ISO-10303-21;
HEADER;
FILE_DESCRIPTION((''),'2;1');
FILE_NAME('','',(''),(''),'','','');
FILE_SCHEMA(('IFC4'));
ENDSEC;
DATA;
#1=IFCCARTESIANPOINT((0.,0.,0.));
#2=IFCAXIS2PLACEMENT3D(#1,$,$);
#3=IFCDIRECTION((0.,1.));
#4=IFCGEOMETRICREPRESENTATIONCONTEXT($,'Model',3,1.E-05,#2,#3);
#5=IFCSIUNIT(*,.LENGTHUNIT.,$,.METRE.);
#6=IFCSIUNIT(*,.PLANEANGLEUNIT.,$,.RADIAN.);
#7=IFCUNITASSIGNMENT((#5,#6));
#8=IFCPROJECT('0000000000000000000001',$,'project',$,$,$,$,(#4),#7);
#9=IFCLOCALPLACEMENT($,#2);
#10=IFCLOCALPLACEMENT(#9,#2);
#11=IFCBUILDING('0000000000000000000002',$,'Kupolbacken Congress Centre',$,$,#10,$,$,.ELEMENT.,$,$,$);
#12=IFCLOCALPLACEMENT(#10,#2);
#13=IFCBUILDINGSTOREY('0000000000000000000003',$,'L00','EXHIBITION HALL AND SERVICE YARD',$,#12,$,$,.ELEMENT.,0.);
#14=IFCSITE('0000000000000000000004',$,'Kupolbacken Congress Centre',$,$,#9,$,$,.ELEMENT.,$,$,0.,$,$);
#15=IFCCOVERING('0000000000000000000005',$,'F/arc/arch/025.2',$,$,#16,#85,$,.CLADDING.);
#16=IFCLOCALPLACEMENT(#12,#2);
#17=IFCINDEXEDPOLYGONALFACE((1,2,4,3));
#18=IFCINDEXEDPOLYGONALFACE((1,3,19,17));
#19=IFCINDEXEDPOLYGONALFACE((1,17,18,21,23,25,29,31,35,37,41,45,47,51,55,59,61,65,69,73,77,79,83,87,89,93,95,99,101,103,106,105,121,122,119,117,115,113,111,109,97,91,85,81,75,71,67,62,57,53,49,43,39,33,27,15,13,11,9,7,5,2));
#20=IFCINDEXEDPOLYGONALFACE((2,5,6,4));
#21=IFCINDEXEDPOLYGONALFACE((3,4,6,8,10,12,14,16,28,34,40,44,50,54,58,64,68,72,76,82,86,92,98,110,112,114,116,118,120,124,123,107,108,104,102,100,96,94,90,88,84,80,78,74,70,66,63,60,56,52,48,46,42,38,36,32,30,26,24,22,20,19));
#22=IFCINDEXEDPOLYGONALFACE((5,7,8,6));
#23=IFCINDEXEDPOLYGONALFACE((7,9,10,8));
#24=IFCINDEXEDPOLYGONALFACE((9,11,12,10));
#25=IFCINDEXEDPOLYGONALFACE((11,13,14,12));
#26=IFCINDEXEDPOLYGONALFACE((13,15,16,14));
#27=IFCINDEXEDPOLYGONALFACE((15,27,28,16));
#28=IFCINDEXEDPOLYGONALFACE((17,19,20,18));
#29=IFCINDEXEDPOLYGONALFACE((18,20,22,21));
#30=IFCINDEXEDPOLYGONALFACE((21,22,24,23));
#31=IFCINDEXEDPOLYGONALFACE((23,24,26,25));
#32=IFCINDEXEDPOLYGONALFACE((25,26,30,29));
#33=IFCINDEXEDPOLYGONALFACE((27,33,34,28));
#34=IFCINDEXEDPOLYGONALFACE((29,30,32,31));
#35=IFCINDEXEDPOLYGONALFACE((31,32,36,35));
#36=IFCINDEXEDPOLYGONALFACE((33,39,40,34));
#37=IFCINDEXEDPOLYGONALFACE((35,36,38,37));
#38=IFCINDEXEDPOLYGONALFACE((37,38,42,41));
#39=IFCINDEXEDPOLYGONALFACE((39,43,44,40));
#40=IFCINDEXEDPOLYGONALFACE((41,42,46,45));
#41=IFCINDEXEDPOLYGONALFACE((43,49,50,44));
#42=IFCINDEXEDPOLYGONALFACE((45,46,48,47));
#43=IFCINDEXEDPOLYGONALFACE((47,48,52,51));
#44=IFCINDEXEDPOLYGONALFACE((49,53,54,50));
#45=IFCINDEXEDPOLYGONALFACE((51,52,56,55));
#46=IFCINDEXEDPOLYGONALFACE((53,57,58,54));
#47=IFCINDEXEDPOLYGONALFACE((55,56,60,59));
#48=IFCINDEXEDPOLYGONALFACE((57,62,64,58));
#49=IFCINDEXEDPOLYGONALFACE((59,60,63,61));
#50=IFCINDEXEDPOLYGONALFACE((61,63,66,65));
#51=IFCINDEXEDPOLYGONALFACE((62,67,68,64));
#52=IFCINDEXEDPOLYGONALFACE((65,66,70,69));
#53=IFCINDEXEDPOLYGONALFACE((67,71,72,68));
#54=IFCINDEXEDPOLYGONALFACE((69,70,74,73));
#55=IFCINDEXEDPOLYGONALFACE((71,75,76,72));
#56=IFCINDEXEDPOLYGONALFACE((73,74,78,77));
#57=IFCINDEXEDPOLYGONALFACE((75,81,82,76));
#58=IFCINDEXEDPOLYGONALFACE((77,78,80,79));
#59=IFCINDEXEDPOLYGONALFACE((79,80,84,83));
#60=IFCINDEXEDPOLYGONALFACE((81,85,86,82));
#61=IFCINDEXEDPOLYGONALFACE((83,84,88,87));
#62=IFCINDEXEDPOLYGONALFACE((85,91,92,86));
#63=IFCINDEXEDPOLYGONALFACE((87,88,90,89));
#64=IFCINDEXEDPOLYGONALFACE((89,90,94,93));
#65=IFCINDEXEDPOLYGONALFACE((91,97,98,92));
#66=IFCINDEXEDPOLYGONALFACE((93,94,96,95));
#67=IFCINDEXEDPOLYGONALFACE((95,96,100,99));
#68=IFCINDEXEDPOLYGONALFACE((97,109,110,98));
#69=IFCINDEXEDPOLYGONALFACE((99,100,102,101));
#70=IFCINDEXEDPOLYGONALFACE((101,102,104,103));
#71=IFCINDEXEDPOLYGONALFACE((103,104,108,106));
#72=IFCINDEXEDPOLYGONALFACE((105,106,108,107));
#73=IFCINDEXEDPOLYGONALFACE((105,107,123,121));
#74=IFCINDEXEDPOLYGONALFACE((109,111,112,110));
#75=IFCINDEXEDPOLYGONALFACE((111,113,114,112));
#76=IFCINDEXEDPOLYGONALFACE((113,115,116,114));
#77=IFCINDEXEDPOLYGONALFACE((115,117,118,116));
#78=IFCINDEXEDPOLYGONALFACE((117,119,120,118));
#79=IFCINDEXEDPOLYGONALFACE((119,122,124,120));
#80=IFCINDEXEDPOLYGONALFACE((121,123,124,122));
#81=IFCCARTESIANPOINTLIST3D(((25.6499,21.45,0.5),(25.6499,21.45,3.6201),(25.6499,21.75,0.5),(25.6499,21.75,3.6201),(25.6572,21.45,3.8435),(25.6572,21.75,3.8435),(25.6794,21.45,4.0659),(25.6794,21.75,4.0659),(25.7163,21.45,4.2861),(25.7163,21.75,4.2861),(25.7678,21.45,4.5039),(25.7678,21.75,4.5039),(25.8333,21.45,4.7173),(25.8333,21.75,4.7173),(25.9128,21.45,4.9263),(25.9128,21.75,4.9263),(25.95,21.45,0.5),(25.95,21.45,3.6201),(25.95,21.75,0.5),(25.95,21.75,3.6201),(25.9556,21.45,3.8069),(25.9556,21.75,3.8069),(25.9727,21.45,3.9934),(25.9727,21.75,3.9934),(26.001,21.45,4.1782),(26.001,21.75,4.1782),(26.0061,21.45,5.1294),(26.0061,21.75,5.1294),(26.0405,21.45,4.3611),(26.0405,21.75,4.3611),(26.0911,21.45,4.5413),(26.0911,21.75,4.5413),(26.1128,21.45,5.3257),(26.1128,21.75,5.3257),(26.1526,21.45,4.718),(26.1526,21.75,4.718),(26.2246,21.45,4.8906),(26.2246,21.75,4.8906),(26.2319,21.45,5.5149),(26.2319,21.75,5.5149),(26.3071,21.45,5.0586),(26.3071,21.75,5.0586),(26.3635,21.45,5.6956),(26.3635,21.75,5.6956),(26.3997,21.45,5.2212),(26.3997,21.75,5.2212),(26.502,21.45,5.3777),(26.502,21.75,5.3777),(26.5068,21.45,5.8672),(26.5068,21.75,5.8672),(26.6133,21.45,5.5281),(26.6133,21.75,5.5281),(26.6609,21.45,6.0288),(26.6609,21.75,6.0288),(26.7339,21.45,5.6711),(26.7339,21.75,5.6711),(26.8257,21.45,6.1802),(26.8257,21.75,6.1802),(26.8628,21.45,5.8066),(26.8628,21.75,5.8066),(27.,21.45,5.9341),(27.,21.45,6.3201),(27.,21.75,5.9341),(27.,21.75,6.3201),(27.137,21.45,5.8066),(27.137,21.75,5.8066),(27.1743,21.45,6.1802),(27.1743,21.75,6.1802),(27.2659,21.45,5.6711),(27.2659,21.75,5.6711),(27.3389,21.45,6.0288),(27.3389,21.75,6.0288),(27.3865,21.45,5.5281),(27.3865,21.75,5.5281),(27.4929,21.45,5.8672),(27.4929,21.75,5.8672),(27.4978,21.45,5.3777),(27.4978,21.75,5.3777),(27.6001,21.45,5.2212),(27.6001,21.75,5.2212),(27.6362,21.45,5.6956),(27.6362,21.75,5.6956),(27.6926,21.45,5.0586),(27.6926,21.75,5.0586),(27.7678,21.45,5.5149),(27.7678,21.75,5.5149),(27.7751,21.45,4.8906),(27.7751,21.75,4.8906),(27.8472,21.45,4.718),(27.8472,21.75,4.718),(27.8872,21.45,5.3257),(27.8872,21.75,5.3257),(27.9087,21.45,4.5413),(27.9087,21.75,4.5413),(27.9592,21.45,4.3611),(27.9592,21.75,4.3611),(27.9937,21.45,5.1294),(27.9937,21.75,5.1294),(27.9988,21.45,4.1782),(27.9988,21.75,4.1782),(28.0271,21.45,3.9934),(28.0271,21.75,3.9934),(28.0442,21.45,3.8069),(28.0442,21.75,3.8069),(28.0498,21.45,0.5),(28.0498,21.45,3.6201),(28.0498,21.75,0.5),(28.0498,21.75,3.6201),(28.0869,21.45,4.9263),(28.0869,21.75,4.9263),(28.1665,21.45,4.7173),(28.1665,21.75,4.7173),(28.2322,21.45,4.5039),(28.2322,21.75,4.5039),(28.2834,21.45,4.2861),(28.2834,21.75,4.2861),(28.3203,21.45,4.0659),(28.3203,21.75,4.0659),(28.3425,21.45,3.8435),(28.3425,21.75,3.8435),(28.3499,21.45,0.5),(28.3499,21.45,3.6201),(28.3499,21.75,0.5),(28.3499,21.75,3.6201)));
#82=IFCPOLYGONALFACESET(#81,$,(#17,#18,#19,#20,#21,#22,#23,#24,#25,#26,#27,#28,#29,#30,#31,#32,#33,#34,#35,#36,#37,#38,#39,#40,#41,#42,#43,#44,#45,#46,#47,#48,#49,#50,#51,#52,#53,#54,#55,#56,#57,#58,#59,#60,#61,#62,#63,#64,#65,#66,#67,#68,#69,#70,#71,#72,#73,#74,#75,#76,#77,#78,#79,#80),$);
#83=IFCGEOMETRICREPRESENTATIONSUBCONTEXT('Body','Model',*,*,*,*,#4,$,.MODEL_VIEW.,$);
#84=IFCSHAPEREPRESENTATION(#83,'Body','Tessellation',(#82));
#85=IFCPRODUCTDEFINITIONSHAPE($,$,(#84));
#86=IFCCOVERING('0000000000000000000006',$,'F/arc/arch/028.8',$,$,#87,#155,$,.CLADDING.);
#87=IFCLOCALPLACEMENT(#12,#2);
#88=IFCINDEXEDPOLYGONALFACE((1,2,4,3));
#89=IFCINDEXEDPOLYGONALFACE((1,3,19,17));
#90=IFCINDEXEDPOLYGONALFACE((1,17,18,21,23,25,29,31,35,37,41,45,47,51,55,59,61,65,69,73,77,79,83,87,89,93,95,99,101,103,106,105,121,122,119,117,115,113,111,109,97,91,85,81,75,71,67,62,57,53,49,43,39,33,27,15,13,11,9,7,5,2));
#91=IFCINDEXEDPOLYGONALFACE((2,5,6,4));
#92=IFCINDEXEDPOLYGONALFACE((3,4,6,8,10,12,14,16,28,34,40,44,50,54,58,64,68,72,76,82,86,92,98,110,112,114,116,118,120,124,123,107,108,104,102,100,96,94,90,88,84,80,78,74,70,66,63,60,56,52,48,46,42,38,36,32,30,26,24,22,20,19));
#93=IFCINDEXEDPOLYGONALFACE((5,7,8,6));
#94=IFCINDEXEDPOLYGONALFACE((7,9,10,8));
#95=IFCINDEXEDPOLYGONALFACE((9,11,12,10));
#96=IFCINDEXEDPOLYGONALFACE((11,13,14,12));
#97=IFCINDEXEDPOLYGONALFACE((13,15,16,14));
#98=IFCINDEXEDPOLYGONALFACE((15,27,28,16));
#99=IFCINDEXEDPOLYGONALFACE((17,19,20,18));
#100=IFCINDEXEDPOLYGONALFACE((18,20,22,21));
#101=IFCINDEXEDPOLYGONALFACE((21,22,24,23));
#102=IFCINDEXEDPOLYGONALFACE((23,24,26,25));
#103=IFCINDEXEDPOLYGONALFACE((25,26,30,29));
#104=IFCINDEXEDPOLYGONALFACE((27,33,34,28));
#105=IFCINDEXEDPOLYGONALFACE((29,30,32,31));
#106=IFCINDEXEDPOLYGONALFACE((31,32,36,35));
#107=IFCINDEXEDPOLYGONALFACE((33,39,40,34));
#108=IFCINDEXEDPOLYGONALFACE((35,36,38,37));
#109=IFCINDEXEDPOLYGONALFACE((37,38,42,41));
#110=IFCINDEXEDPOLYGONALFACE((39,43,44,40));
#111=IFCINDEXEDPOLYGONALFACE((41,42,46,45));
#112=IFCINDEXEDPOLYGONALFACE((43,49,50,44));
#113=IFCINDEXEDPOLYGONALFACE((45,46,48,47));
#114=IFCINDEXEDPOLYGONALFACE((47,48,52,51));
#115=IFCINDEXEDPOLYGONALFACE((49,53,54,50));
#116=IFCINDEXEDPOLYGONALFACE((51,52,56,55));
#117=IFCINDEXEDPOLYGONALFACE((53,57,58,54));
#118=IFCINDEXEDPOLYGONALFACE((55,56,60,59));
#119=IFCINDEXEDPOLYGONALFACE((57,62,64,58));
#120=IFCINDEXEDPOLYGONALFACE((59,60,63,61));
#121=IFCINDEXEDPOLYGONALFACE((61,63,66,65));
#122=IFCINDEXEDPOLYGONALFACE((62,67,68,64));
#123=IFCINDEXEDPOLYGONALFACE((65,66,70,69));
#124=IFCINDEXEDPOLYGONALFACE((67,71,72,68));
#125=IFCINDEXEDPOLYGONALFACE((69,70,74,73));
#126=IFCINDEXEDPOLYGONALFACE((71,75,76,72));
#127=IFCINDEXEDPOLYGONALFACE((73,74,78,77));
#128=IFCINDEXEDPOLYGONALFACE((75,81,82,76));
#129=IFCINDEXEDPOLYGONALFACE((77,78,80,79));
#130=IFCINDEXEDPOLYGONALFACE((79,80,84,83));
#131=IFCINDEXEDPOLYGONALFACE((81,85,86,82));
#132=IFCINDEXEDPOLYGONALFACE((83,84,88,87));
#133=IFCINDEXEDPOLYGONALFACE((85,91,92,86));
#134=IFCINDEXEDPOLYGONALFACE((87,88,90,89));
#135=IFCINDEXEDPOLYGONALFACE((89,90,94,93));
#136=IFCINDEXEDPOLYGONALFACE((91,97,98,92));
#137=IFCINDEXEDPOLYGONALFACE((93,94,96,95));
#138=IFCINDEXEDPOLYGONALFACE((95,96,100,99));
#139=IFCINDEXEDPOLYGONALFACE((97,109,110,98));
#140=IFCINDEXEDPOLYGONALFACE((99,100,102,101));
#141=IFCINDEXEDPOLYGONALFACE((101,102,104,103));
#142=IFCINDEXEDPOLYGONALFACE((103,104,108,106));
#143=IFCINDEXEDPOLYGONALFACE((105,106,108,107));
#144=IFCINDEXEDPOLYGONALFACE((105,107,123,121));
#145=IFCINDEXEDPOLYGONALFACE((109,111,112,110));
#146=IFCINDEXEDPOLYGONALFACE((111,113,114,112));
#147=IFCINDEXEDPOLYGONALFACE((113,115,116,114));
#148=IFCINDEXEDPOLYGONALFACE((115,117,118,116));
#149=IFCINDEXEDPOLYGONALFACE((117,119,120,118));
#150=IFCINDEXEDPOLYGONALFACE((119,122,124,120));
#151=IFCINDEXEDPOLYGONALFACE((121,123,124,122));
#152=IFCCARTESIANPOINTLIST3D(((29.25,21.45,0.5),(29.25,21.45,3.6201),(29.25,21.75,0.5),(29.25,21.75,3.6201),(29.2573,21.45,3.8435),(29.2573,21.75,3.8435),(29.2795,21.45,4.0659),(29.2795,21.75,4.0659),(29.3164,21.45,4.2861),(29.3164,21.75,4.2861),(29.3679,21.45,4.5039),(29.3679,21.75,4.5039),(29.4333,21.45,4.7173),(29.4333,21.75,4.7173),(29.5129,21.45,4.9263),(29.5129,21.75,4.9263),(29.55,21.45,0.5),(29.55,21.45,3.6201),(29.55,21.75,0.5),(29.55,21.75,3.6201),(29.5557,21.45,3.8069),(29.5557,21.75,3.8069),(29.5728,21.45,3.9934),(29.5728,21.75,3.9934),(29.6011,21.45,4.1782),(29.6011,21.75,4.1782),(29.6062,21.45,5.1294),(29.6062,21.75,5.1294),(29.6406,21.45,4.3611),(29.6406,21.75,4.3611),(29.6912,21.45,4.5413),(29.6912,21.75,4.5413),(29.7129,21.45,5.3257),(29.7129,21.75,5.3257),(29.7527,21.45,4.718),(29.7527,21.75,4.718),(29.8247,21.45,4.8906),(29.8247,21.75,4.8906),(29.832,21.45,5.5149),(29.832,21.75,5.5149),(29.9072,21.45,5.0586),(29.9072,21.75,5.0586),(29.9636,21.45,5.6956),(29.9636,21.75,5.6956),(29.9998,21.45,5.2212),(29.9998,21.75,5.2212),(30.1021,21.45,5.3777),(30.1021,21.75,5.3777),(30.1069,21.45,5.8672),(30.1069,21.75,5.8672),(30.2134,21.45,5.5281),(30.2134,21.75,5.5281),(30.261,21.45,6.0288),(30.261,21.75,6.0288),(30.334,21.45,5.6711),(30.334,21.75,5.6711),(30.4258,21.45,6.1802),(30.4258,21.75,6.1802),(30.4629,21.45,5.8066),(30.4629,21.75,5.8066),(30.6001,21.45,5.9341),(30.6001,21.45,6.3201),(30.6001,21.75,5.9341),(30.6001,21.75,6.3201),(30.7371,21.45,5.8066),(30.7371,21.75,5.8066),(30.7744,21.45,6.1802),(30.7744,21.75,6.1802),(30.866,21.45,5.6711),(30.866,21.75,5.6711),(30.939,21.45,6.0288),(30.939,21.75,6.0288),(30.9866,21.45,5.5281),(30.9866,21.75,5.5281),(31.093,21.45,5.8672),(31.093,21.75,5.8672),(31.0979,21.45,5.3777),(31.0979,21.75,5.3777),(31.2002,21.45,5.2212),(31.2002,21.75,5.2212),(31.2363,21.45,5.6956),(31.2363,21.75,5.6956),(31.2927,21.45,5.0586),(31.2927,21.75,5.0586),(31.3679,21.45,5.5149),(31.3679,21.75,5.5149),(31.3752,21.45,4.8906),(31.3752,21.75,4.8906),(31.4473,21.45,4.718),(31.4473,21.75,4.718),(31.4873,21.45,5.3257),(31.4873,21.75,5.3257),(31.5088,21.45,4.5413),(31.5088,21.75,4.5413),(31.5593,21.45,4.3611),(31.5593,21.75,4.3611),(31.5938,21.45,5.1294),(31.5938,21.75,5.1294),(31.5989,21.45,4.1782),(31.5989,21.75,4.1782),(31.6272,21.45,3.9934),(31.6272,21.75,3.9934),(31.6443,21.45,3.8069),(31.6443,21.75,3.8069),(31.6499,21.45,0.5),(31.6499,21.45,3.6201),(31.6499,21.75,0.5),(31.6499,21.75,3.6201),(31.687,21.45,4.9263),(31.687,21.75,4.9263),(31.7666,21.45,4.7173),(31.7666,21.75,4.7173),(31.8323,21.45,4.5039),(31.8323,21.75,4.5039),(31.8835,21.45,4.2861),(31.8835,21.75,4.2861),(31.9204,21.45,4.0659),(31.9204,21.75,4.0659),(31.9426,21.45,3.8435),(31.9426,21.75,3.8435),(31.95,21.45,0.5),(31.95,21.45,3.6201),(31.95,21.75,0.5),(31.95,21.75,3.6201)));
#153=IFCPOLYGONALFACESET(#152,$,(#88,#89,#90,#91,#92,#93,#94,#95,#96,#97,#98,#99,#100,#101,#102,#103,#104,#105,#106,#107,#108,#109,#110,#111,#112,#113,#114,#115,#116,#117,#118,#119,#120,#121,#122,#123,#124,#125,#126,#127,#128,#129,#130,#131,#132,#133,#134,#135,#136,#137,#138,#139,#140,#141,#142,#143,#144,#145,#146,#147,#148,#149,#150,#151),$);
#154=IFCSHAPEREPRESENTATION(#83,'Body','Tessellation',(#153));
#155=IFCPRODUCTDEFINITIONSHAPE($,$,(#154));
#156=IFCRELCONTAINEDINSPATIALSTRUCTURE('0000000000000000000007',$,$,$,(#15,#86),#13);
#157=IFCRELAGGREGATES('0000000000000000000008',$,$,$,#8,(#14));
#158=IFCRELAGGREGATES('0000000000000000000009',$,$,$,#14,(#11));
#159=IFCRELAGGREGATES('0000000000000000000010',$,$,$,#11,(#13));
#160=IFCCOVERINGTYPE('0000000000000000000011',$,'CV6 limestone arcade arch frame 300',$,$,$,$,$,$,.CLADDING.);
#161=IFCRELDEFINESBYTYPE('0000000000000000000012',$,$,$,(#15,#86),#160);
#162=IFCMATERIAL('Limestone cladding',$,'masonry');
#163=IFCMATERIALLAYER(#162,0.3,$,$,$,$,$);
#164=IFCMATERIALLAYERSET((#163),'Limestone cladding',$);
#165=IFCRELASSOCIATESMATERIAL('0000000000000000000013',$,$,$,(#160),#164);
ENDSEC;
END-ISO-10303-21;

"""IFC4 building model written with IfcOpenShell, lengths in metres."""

from ifc_helpers import new_model, si_unit, direction, frame, origin, place, context, subcontext, project, spatial, polyline, outline, extrude, material, layer, layer_set, type_object, element, save


model = new_model("IFC4")

# Units and contexts
model_context = context("Model", 3, precision=1e-05, world=origin(), true_north=direction((0.0, 1.0)))
body_context = subcontext(model_context, "Body", "Model", "MODEL_VIEW")
ifc_project = project(units=[si_unit("LENGTHUNIT", "METRE"), si_unit("PLANEANGLEUNIT", "RADIAN")], contexts=[model_context])

# Site, building, storey
site_placement = place(None, origin())
site = spatial("IfcSite", under=ifc_project, at=site_placement, Name="Kupolbacken Congress Centre", CompositionType="ELEMENT", RefElevation=0.0)
building_placement = place(site_placement, origin())
building = spatial("IfcBuilding", under=site, at=building_placement, Name="Kupolbacken Congress Centre", CompositionType="ELEMENT")
storey_placement = place(building_placement, origin())
storey = spatial("IfcBuildingStorey", under=building, at=storey_placement, Name="L00", Description="EXHIBITION HALL AND SERVICE YARD", CompositionType="ELEMENT", Elevation=0.0)

# Coverings
ifc_material_1 = material(Name="Limestone cladding", Category="masonry")
ifc_layer_1 = layer(ifc_material_1, 0.3)
ifc_layer_set_1 = layer_set([ifc_layer_1], Name="Limestone cladding")
covering_type_1 = type_object("IfcCoveringType", Name="CV6 limestone arcade arch frame 300", PredefinedType="CLADDING", material=ifc_layer_set_1)
covering_1_placement = place(storey_placement, frame((25.6499, 21.45, 0.5), z_axis=(0.0, 1.0, 0.0), x_axis=(-1.0, 0.0, 0.0)))
element("IfcCovering", 1, at=covering_1_placement, inside=storey, type_object=covering_type_1, Name="F/arc/arch/025.2", PredefinedType="CLADDING", context=body_context, shape_type="SweptSolid", body=[
    extrude(outline(polyline([(0.0, 0.0), (0.0, 3.1201), (-0.0073, 3.3435), (-0.0295, 3.5659), (-0.0664, 3.7861), (-0.1179, 4.0039), (-0.1833, 4.2173), (-0.2629, 4.4263), (-0.3562, 4.6294), (-0.4629, 4.8257), (-0.582, 5.0149), (-0.7136, 5.1956), (-0.8569, 5.3672), (-1.011, 5.5288), (-1.1758, 5.6802), (-1.3501, 5.8201), (-1.5244, 5.6802), (-1.689, 5.5288), (-1.843, 5.3672), (-1.9863, 5.1956), (-2.1179, 5.0149), (-2.2373, 4.8257), (-2.3438, 4.6294), (-2.437, 4.4263), (-2.5166, 4.2173), (-2.5823, 4.0039), (-2.6335, 3.7861), (-2.6704, 3.5659), (-2.6926, 3.3435), (-2.7, 3.1201), (-2.7, 0.0), (-2.3999, 0.0), (-2.3999, 3.1201), (-2.3943, 3.3069), (-2.3772, 3.4934), (-2.3489, 3.6782), (-2.3093, 3.8611), (-2.2588, 4.0413), (-2.1973, 4.218), (-2.1252, 4.3906), (-2.0427, 4.5586), (-1.9502, 4.7212), (-1.8479, 4.8777), (-1.7366, 5.0281), (-1.616, 5.1711), (-1.4871, 5.3066), (-1.3501, 5.4341), (-1.2129, 5.3066), (-1.084, 5.1711), (-0.9634, 5.0281), (-0.8521, 4.8777), (-0.7498, 4.7212), (-0.6572, 4.5586), (-0.5747, 4.3906), (-0.5027, 4.218), (-0.4412, 4.0413), (-0.3906, 3.8611), (-0.3511, 3.6782), (-0.3228, 3.4934), (-0.3057, 3.3069), (-0.3, 3.1201), (-0.3, 0.0), (0.0, 0.0)])), origin(), (0.0, 0.0, 1.0), 0.3),
])
covering_2_placement = place(storey_placement, frame((29.25, 21.45, 0.5), z_axis=(0.0, 1.0, 0.0), x_axis=(-1.0, 0.0, 0.0)))
element("IfcCovering", 2, at=covering_2_placement, inside=storey, type_object=covering_type_1, Name="F/arc/arch/028.8", PredefinedType="CLADDING", context=body_context, shape_type="SweptSolid", body=[
    extrude(outline(polyline([(0.0, 0.0), (0.0, 3.1201), (-0.0073, 3.3435), (-0.0295, 3.5659), (-0.0664, 3.7861), (-0.1179, 4.0039), (-0.1833, 4.2173), (-0.2629, 4.4263), (-0.3562, 4.6294), (-0.4629, 4.8257), (-0.582, 5.0149), (-0.7136, 5.1956), (-0.8569, 5.3672), (-1.011, 5.5288), (-1.1758, 5.6802), (-1.3501, 5.8201), (-1.5244, 5.6802), (-1.689, 5.5288), (-1.843, 5.3672), (-1.9863, 5.1956), (-2.1179, 5.0149), (-2.2373, 4.8257), (-2.3438, 4.6294), (-2.437, 4.4263), (-2.5166, 4.2173), (-2.5823, 4.0039), (-2.6335, 3.7861), (-2.6704, 3.5659), (-2.6926, 3.3435), (-2.7, 3.1201), (-2.7, 0.0), (-2.3999, 0.0), (-2.3999, 3.1201), (-2.3943, 3.3069), (-2.3772, 3.4934), (-2.3489, 3.6782), (-2.3093, 3.8611), (-2.2588, 4.0413), (-2.1973, 4.218), (-2.1252, 4.3906), (-2.0427, 4.5586), (-1.9502, 4.7212), (-1.8479, 4.8777), (-1.7366, 5.0281), (-1.616, 5.1711), (-1.4871, 5.3066), (-1.3501, 5.4341), (-1.2129, 5.3066), (-1.084, 5.1711), (-0.9634, 5.0281), (-0.8521, 4.8777), (-0.7498, 4.7212), (-0.6572, 4.5586), (-0.5747, 4.3906), (-0.5027, 4.218), (-0.4412, 4.0413), (-0.3906, 3.8611), (-0.3511, 3.6782), (-0.3228, 3.4934), (-0.3057, 3.3069), (-0.3, 3.1201), (-0.3, 0.0), (0.0, 0.0)])), origin(), (0.0, 0.0, 1.0), 0.3),
])

save(model, "model.ifc")
